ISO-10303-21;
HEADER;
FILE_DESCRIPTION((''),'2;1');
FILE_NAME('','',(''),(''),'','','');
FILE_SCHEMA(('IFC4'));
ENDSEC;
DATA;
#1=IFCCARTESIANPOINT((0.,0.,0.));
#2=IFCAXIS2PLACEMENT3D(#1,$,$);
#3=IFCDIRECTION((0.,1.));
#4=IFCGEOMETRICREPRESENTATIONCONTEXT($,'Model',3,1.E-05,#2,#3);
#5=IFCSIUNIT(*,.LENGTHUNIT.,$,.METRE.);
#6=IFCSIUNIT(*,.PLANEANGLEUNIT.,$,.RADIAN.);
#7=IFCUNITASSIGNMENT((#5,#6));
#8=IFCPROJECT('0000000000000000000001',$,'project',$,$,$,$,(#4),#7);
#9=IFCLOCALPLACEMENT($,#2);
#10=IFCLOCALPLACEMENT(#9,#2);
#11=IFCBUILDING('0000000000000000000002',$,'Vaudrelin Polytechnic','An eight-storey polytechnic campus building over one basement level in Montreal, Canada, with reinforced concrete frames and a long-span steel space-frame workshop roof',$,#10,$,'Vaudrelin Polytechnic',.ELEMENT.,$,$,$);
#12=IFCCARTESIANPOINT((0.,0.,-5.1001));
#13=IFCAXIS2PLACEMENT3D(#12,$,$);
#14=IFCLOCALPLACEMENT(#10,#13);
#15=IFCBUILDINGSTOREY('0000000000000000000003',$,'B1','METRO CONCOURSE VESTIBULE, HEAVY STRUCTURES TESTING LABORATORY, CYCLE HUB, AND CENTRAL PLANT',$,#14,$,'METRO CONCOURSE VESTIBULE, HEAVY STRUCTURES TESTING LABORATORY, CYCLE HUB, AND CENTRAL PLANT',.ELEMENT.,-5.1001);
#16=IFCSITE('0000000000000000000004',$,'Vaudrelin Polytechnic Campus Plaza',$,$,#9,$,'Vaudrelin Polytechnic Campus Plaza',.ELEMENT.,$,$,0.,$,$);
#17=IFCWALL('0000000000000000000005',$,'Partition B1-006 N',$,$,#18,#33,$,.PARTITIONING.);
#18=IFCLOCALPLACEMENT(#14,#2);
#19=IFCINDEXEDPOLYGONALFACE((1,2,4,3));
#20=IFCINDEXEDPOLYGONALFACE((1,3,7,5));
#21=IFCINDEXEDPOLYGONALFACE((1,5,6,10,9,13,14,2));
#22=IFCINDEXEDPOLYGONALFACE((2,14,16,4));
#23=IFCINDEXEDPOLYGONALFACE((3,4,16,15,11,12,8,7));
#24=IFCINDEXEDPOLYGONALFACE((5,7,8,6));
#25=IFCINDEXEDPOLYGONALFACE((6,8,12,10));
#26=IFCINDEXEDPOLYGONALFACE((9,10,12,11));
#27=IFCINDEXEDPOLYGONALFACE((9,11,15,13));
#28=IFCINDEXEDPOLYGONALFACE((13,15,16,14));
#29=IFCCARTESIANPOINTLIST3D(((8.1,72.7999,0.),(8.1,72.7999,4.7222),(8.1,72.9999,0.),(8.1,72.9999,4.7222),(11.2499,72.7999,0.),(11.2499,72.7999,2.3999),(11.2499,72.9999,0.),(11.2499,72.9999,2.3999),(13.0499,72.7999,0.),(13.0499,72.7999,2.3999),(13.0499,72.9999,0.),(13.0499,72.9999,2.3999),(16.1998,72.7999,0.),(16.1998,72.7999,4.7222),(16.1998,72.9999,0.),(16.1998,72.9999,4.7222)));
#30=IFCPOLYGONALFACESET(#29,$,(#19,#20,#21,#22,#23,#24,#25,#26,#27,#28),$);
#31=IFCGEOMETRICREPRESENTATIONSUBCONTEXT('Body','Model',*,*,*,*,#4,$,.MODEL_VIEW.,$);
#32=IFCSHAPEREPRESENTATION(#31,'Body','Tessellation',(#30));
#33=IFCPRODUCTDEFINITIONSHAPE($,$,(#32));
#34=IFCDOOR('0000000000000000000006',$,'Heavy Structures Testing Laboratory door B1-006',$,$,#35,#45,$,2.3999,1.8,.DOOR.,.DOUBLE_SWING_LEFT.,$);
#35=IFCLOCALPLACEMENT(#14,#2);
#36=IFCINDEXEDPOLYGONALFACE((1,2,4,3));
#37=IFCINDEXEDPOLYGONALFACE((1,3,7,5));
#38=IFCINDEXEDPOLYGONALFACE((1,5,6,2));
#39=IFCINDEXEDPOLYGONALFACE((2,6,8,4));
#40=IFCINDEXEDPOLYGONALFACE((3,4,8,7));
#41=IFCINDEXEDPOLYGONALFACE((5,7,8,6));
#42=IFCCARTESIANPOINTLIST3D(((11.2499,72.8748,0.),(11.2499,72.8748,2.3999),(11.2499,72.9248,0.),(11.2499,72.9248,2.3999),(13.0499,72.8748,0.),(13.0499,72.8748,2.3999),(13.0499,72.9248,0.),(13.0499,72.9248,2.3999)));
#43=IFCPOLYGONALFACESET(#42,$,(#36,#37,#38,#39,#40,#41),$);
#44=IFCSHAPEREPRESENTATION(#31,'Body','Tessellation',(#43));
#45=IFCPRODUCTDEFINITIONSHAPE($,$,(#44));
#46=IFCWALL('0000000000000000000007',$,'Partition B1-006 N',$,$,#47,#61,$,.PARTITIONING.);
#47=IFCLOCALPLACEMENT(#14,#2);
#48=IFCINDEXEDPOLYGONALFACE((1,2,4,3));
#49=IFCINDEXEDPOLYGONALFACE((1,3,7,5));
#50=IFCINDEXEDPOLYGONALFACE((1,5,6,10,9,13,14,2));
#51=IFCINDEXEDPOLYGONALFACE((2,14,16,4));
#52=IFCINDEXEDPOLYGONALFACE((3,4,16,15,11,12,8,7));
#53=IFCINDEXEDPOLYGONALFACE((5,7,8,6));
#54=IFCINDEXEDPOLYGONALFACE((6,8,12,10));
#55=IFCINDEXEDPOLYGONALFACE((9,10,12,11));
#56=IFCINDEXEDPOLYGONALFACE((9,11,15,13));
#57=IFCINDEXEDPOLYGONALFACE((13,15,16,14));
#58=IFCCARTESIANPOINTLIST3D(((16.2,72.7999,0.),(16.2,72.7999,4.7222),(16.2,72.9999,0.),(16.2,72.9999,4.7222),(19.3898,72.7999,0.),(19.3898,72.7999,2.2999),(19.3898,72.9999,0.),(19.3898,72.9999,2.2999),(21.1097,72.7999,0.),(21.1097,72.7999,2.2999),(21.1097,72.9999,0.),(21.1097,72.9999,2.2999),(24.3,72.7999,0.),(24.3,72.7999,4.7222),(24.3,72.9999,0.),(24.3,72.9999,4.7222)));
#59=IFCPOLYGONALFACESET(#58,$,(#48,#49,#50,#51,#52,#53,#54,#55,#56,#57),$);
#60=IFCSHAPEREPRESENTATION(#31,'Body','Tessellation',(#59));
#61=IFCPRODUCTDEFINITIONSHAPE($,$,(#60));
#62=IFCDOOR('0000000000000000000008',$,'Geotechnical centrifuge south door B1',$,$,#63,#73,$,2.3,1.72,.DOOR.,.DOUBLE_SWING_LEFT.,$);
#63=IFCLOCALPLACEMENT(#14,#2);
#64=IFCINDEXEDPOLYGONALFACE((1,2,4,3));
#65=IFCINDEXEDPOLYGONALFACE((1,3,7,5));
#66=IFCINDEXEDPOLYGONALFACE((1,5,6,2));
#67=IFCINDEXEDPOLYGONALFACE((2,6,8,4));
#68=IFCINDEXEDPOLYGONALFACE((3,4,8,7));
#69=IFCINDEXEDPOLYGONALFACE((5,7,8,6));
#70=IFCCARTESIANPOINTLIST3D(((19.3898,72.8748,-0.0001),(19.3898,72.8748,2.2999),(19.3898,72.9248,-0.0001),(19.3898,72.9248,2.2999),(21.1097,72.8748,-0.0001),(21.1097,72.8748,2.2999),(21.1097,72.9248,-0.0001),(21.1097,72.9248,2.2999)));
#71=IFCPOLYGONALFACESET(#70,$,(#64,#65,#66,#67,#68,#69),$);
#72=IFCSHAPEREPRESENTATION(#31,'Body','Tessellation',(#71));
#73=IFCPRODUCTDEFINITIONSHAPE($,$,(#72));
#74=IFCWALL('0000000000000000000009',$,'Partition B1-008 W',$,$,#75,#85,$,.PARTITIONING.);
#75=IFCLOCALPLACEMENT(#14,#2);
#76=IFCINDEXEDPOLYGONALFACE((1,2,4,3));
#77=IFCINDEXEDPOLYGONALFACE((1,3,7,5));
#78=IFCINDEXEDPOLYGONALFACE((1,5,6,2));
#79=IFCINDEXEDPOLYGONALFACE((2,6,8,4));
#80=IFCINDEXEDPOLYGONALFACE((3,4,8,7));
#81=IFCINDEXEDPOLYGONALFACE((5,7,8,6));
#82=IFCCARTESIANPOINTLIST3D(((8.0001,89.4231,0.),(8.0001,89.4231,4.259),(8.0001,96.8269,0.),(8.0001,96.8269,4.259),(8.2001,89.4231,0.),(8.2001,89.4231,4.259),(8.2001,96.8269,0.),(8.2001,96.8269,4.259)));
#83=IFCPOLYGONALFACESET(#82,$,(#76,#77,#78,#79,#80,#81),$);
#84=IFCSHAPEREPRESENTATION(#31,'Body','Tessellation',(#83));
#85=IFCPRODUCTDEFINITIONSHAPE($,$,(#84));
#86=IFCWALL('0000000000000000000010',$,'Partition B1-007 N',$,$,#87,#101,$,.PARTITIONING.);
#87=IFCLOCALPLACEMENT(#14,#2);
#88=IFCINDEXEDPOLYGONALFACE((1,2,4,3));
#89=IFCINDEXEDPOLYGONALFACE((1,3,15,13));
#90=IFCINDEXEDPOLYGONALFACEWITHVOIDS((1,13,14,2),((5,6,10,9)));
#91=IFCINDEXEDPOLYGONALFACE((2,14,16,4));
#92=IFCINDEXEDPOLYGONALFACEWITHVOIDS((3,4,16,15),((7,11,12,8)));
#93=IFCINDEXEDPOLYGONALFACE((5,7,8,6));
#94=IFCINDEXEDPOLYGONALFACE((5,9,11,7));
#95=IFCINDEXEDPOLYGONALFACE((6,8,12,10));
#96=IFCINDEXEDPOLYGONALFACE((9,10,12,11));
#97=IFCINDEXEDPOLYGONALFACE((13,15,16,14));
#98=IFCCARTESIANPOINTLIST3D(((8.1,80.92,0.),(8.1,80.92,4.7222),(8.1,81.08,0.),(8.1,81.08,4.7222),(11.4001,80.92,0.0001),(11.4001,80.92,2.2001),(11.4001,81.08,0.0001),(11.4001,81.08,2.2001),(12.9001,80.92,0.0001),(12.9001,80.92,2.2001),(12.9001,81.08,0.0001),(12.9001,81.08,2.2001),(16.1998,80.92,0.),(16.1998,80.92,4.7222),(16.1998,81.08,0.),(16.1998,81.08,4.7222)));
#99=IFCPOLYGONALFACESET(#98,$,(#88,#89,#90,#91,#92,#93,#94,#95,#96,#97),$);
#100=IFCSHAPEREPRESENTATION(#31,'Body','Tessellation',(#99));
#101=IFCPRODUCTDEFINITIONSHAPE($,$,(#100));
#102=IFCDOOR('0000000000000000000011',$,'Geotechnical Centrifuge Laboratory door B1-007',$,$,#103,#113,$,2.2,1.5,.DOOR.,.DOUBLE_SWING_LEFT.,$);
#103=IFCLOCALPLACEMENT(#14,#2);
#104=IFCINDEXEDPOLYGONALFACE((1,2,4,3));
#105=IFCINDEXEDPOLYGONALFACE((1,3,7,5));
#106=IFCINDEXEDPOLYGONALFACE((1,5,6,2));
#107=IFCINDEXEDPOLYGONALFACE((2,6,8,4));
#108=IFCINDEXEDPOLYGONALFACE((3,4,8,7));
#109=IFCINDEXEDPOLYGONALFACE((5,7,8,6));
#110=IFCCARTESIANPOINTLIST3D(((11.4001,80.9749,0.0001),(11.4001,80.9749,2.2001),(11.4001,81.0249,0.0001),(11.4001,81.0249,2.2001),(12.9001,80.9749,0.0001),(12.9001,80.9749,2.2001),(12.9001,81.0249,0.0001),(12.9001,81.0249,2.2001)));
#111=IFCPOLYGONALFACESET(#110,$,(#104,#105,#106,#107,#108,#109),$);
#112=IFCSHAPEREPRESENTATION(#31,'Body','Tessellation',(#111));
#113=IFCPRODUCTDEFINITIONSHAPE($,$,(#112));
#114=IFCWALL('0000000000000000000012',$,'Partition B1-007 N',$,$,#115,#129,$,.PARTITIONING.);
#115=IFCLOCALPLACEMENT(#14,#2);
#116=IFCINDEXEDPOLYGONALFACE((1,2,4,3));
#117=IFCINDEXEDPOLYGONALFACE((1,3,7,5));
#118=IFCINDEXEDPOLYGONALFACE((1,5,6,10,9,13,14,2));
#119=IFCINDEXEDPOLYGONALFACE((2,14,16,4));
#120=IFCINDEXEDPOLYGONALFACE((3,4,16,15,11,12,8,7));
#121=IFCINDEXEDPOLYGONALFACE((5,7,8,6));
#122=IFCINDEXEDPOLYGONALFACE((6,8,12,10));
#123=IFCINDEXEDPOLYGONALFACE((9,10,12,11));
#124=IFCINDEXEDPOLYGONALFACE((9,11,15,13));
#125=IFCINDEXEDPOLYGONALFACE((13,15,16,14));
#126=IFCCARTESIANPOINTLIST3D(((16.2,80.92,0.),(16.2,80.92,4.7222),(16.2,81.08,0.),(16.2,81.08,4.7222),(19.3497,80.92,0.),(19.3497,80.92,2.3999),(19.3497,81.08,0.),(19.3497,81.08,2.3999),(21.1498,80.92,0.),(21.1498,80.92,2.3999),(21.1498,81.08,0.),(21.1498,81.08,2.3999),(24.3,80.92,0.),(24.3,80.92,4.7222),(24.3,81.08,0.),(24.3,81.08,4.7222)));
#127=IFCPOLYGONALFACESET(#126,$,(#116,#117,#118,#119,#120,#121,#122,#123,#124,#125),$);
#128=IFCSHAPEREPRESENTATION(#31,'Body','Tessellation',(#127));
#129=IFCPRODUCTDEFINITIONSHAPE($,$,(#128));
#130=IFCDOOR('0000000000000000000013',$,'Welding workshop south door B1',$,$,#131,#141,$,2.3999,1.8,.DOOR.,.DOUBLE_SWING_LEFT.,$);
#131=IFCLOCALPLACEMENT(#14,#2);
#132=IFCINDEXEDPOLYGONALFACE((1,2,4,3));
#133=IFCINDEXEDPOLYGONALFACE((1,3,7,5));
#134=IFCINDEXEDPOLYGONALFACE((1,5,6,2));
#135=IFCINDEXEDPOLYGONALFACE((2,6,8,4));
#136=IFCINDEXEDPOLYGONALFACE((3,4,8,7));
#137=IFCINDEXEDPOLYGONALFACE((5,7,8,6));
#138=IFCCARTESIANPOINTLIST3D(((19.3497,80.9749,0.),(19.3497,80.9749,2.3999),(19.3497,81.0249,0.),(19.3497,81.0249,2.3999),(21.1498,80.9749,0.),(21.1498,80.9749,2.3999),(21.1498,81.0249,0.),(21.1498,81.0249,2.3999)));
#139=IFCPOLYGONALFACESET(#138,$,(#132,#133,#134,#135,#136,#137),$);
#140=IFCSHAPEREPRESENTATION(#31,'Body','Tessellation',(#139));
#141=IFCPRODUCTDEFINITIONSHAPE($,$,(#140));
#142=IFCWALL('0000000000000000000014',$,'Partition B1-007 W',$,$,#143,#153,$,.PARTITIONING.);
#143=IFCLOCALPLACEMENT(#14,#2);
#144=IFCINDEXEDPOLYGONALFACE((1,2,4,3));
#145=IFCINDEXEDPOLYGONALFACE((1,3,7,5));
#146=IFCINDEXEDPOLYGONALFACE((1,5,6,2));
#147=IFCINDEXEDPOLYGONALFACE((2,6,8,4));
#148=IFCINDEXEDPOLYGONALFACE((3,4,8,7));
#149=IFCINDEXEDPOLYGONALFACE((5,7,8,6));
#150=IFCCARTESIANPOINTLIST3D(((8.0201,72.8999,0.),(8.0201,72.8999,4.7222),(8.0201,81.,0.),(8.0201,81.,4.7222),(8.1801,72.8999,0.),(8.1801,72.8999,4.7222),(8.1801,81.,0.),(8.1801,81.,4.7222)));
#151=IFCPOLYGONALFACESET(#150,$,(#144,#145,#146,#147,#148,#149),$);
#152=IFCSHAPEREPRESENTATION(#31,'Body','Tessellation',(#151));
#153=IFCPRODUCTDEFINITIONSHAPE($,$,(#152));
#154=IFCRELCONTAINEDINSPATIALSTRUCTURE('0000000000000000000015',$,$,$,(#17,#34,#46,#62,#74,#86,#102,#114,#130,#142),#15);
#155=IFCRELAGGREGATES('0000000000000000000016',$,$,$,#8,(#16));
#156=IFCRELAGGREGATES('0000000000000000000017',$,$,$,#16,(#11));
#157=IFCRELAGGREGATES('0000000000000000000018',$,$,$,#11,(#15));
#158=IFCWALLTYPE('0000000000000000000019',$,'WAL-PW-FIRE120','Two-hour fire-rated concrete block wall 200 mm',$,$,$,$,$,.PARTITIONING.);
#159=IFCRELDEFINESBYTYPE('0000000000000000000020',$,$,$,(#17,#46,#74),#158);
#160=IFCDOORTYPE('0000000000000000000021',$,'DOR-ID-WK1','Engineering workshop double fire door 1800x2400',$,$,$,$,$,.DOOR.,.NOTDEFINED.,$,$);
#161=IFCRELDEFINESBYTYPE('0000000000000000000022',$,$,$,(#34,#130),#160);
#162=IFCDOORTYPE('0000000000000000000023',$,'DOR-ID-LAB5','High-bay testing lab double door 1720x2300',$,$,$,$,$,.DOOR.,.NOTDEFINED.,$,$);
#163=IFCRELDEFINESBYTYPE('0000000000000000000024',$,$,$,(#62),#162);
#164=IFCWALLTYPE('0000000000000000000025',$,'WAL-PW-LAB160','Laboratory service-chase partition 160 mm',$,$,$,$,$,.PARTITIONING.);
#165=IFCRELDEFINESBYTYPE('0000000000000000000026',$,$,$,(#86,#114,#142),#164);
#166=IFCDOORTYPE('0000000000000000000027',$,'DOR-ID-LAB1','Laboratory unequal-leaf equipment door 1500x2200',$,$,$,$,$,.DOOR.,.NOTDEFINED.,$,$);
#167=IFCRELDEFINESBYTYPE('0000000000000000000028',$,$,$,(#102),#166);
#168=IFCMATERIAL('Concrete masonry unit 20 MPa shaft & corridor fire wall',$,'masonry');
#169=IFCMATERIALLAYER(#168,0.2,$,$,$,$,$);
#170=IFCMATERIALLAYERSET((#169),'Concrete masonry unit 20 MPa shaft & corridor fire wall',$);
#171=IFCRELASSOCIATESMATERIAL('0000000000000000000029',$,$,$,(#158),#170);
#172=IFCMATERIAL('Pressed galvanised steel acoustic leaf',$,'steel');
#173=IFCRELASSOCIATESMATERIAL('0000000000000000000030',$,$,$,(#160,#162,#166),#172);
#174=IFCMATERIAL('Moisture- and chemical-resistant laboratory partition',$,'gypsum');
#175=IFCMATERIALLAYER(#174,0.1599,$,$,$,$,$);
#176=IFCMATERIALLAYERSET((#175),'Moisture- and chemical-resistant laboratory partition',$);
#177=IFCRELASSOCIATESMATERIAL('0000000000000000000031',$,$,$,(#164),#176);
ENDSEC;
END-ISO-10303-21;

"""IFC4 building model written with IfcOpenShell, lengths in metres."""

from ifc_helpers import new_model, si_unit, direction, frame, frame_2d, origin, place, context, subcontext, project, spatial, rectangle, extrude, material, layer, layer_set, type_object, element, fill, save


model = new_model("IFC4")

# Units and contexts
model_context = context("Model", 3, precision=1e-05, world=origin(), true_north=direction((0.0, 1.0)))
body_context = subcontext(model_context, "Body", "Model", "MODEL_VIEW")
ifc_project = project(units=[si_unit("LENGTHUNIT", "METRE"), si_unit("PLANEANGLEUNIT", "RADIAN")], contexts=[model_context])

# Site, building, storey
site_placement = place(None, origin())
site = spatial("IfcSite", under=ifc_project, at=site_placement, Name="Vaudrelin Polytechnic Campus Plaza", LongName="Vaudrelin Polytechnic Campus Plaza", CompositionType="ELEMENT", RefElevation=0.0)
building_placement = place(site_placement, origin())
building = spatial("IfcBuilding", under=site, at=building_placement, Name="Vaudrelin Polytechnic", Description="An eight-storey polytechnic campus building over one basement level in Montreal, Canada, with reinforced concrete frames and a long-span steel space-frame workshop roof", LongName="Vaudrelin Polytechnic", CompositionType="ELEMENT")
storey_placement = place(building_placement, frame((0.0, 0.0, -5.1001)))
storey = spatial("IfcBuildingStorey", under=building, at=storey_placement, Name="B1", Description="METRO CONCOURSE VESTIBULE, HEAVY STRUCTURES TESTING LABORATORY, CYCLE HUB, AND CENTRAL PLANT", LongName="METRO CONCOURSE VESTIBULE, HEAVY STRUCTURES TESTING LABORATORY, CYCLE HUB, AND CENTRAL PLANT", CompositionType="ELEMENT", Elevation=-5.1001)

# Walls, openings, doors
ifc_material_1 = material(Name="Concrete masonry unit 20 MPa shaft & corridor fire wall", Category="masonry")
ifc_layer_1 = layer(ifc_material_1, 0.2)
ifc_layer_set_1 = layer_set([ifc_layer_1], Name="Concrete masonry unit 20 MPa shaft & corridor fire wall")
wall_type_1 = type_object("IfcWallType", Name="WAL-PW-FIRE120", Description="Two-hour fire-rated concrete block wall 200 mm", PredefinedType="PARTITIONING", material=ifc_layer_set_1)
wall_1_placement = place(storey_placement, frame((8.1001, 72.8999, 0.0), z_axis=(0.0, 0.0, 1.0), x_axis=(1.0, 0.0, 0.0)))
wall_1 = element("IfcWall", 1, at=wall_1_placement, inside=storey, type_object=wall_type_1, Name="Partition B1-006 N", PredefinedType="PARTITIONING", context=body_context, shape_type="SweptSolid", body=[
    extrude(rectangle(XDim=8.0999, YDim=0.2, at=frame_2d((4.0498, 0.0))), origin(), (0.0, 0.0, 1.0), 4.7222),
])
opening_1_placement = place(wall_1_placement, frame((3.1499, 0.0, 0.0)))
opening_1 = element("IfcOpeningElement", 2, at=opening_1_placement, cuts=wall_1, PredefinedType="OPENING", context=body_context, shape_type="SweptSolid", body=[
    extrude(rectangle(XDim=1.8, YDim=2.3999, at=frame_2d((0.8999, 1.2))), frame((0.0, 0.1099, 0.0), z_axis=(0.0, -1.0, 0.0), x_axis=(1.0, 0.0, 0.0)), (0.0, 0.0, 1.0), 0.22),
])
ifc_material_2 = material(Name="Pressed galvanised steel acoustic leaf", Category="steel")
door_type_1 = type_object("IfcDoorType", Name="DOR-ID-WK1", Description="Engineering workshop double fire door 1800x2400", OperationType="NOTDEFINED", PredefinedType="DOOR", material=ifc_material_2)
door_1_placement = place(opening_1_placement, origin())
door_1 = element("IfcDoor", 3, at=door_1_placement, inside=storey, type_object=door_type_1, Name="Heavy Structures Testing Laboratory door B1-006", OperationType="DOUBLE_SWING_LEFT", OverallHeight=2.3999, OverallWidth=1.8, PredefinedType="DOOR", context=body_context, shape_type="SweptSolid", body=[
    extrude(rectangle(XDim=1.8, YDim=2.3999, at=frame_2d((0.8999, 1.2))), frame((0.0, 0.0249, 0.0), z_axis=(0.0, -1.0, 0.0), x_axis=(1.0, 0.0, 0.0)), (0.0, 0.0, 1.0), 0.05),
])
fill(opening_1, door_1)
wall_2_placement = place(storey_placement, frame((16.2, 72.8999, 0.0), z_axis=(0.0, 0.0, 1.0), x_axis=(1.0, 0.0, 0.0)))
wall_2 = element("IfcWall", 4, at=wall_2_placement, inside=storey, type_object=wall_type_1, Name="Partition B1-006 N", PredefinedType="PARTITIONING", context=body_context, shape_type="SweptSolid", body=[
    extrude(rectangle(XDim=8.1001, YDim=0.2, at=frame_2d((4.05, 0.0))), origin(), (0.0, 0.0, 1.0), 4.7222),
])
opening_2_placement = place(wall_2_placement, frame((3.1899, 0.0, 0.0)))
opening_2 = element("IfcOpeningElement", 5, at=opening_2_placement, cuts=wall_2, PredefinedType="OPENING", context=body_context, shape_type="SweptSolid", body=[
    extrude(rectangle(XDim=1.72, YDim=2.3, at=frame_2d((0.8599, 1.1499))), frame((0.0, 0.1099, 0.0), z_axis=(0.0, -1.0, 0.0), x_axis=(1.0, 0.0, 0.0)), (0.0, 0.0, 1.0), 0.22),
])
door_type_2 = type_object("IfcDoorType", Name="DOR-ID-LAB5", Description="High-bay testing lab double door 1720x2300", OperationType="NOTDEFINED", PredefinedType="DOOR", material=ifc_material_2)
door_2_placement = place(opening_2_placement, origin())
door_2 = element("IfcDoor", 6, at=door_2_placement, inside=storey, type_object=door_type_2, Name="Geotechnical centrifuge south door B1", OperationType="DOUBLE_SWING_LEFT", OverallHeight=2.3, OverallWidth=1.72, PredefinedType="DOOR", context=body_context, shape_type="SweptSolid", body=[
    extrude(rectangle(XDim=1.72, YDim=2.3, at=frame_2d((0.8599, 1.1499))), frame((0.0, 0.0249, 0.0), z_axis=(0.0, -1.0, 0.0), x_axis=(1.0, 0.0, 0.0)), (0.0, 0.0, 1.0), 0.05),
])
fill(opening_2, door_2)

# Wall
wall_3_placement = place(storey_placement, frame((8.1001, 89.4231, 0.0), z_axis=(0.0, 0.0, 1.0), x_axis=(0.0, 1.0, 0.0)))
element("IfcWall", 7, at=wall_3_placement, inside=storey, type_object=wall_type_1, Name="Partition B1-008 W", PredefinedType="PARTITIONING", context=body_context, shape_type="SweptSolid", body=[
    extrude(rectangle(XDim=7.4038, YDim=0.2, at=frame_2d((3.7019, 0.0))), origin(), (0.0, 0.0, 1.0), 4.259),
])

# Walls, openings, doors
ifc_material_3 = material(Name="Moisture- and chemical-resistant laboratory partition", Category="gypsum")
ifc_layer_2 = layer(ifc_material_3, 0.1599)
ifc_layer_set_2 = layer_set([ifc_layer_2], Name="Moisture- and chemical-resistant laboratory partition")
wall_type_2 = type_object("IfcWallType", Name="WAL-PW-LAB160", Description="Laboratory service-chase partition 160 mm", PredefinedType="PARTITIONING", material=ifc_layer_set_2)
wall_4_placement = place(storey_placement, frame((8.1001, 81.0, 0.0), z_axis=(0.0, 0.0, 1.0), x_axis=(1.0, 0.0, 0.0)))
wall_4 = element("IfcWall", 8, at=wall_4_placement, inside=storey, type_object=wall_type_2, Name="Partition B1-007 N", PredefinedType="PARTITIONING", context=body_context, shape_type="SweptSolid", body=[
    extrude(rectangle(XDim=8.0999, YDim=0.1599, at=frame_2d((4.0498, 0.0))), origin(), (0.0, 0.0, 1.0), 4.7222),
])
opening_3_placement = place(wall_4_placement, frame((3.3, 0.0, 0.0)))
opening_3 = element("IfcOpeningElement", 9, at=opening_3_placement, cuts=wall_4, PredefinedType="OPENING", context=body_context, shape_type="SweptSolid", body=[
    extrude(rectangle(XDim=1.5, YDim=2.2, at=frame_2d((0.75, 1.1001))), frame((0.0, 0.0898, 0.0), z_axis=(0.0, -1.0, 0.0), x_axis=(1.0, 0.0, 0.0)), (0.0, 0.0, 1.0), 0.1799),
])
door_type_3 = type_object("IfcDoorType", Name="DOR-ID-LAB1", Description="Laboratory unequal-leaf equipment door 1500x2200", OperationType="NOTDEFINED", PredefinedType="DOOR", material=ifc_material_2)
door_3_placement = place(opening_3_placement, origin())
door_3 = element("IfcDoor", 10, at=door_3_placement, inside=storey, type_object=door_type_3, Name="Geotechnical Centrifuge Laboratory door B1-007", OperationType="DOUBLE_SWING_LEFT", OverallHeight=2.2, OverallWidth=1.5, PredefinedType="DOOR", context=body_context, shape_type="SweptSolid", body=[
    extrude(rectangle(XDim=1.5, YDim=2.2, at=frame_2d((0.75, 1.1001))), frame((0.0, 0.0249, 0.0), z_axis=(0.0, -1.0, 0.0), x_axis=(1.0, 0.0, 0.0)), (0.0, 0.0, 1.0), 0.05),
])
fill(opening_3, door_3)
wall_5_placement = place(storey_placement, frame((16.2, 81.0, 0.0), z_axis=(0.0, 0.0, 1.0), x_axis=(1.0, 0.0, 0.0)))
wall_5 = element("IfcWall", 11, at=wall_5_placement, inside=storey, type_object=wall_type_2, Name="Partition B1-007 N", PredefinedType="PARTITIONING", context=body_context, shape_type="SweptSolid", body=[
    extrude(rectangle(XDim=8.1001, YDim=0.1599, at=frame_2d((4.05, 0.0))), origin(), (0.0, 0.0, 1.0), 4.7222),
])
opening_4_placement = place(wall_5_placement, frame((3.1499, 0.0, 0.0)))
opening_4 = element("IfcOpeningElement", 12, at=opening_4_placement, cuts=wall_5, PredefinedType="OPENING", context=body_context, shape_type="SweptSolid", body=[
    extrude(rectangle(XDim=1.8, YDim=2.3999, at=frame_2d((0.8999, 1.2))), frame((0.0, 0.0898, 0.0), z_axis=(0.0, -1.0, 0.0), x_axis=(1.0, 0.0, 0.0)), (0.0, 0.0, 1.0), 0.1799),
])
door_4_placement = place(opening_4_placement, origin())
door_4 = element("IfcDoor", 13, at=door_4_placement, inside=storey, type_object=door_type_1, Name="Welding workshop south door B1", OperationType="DOUBLE_SWING_LEFT", OverallHeight=2.3999, OverallWidth=1.8, PredefinedType="DOOR", context=body_context, shape_type="SweptSolid", body=[
    extrude(rectangle(XDim=1.8, YDim=2.3999, at=frame_2d((0.8999, 1.2))), frame((0.0, 0.0249, 0.0), z_axis=(0.0, -1.0, 0.0), x_axis=(1.0, 0.0, 0.0)), (0.0, 0.0, 1.0), 0.05),
])
fill(opening_4, door_4)

# Wall
wall_6_placement = place(storey_placement, frame((8.1001, 72.8999, 0.0), z_axis=(0.0, 0.0, 1.0), x_axis=(0.0, 1.0, 0.0)))
element("IfcWall", 14, at=wall_6_placement, inside=storey, type_object=wall_type_2, Name="Partition B1-007 W", PredefinedType="PARTITIONING", context=body_context, shape_type="SweptSolid", body=[
    extrude(rectangle(XDim=8.1001, YDim=0.1599, at=frame_2d((4.05, 0.0))), origin(), (0.0, 0.0, 1.0), 4.7222),
])

save(model, "model.ifc")
